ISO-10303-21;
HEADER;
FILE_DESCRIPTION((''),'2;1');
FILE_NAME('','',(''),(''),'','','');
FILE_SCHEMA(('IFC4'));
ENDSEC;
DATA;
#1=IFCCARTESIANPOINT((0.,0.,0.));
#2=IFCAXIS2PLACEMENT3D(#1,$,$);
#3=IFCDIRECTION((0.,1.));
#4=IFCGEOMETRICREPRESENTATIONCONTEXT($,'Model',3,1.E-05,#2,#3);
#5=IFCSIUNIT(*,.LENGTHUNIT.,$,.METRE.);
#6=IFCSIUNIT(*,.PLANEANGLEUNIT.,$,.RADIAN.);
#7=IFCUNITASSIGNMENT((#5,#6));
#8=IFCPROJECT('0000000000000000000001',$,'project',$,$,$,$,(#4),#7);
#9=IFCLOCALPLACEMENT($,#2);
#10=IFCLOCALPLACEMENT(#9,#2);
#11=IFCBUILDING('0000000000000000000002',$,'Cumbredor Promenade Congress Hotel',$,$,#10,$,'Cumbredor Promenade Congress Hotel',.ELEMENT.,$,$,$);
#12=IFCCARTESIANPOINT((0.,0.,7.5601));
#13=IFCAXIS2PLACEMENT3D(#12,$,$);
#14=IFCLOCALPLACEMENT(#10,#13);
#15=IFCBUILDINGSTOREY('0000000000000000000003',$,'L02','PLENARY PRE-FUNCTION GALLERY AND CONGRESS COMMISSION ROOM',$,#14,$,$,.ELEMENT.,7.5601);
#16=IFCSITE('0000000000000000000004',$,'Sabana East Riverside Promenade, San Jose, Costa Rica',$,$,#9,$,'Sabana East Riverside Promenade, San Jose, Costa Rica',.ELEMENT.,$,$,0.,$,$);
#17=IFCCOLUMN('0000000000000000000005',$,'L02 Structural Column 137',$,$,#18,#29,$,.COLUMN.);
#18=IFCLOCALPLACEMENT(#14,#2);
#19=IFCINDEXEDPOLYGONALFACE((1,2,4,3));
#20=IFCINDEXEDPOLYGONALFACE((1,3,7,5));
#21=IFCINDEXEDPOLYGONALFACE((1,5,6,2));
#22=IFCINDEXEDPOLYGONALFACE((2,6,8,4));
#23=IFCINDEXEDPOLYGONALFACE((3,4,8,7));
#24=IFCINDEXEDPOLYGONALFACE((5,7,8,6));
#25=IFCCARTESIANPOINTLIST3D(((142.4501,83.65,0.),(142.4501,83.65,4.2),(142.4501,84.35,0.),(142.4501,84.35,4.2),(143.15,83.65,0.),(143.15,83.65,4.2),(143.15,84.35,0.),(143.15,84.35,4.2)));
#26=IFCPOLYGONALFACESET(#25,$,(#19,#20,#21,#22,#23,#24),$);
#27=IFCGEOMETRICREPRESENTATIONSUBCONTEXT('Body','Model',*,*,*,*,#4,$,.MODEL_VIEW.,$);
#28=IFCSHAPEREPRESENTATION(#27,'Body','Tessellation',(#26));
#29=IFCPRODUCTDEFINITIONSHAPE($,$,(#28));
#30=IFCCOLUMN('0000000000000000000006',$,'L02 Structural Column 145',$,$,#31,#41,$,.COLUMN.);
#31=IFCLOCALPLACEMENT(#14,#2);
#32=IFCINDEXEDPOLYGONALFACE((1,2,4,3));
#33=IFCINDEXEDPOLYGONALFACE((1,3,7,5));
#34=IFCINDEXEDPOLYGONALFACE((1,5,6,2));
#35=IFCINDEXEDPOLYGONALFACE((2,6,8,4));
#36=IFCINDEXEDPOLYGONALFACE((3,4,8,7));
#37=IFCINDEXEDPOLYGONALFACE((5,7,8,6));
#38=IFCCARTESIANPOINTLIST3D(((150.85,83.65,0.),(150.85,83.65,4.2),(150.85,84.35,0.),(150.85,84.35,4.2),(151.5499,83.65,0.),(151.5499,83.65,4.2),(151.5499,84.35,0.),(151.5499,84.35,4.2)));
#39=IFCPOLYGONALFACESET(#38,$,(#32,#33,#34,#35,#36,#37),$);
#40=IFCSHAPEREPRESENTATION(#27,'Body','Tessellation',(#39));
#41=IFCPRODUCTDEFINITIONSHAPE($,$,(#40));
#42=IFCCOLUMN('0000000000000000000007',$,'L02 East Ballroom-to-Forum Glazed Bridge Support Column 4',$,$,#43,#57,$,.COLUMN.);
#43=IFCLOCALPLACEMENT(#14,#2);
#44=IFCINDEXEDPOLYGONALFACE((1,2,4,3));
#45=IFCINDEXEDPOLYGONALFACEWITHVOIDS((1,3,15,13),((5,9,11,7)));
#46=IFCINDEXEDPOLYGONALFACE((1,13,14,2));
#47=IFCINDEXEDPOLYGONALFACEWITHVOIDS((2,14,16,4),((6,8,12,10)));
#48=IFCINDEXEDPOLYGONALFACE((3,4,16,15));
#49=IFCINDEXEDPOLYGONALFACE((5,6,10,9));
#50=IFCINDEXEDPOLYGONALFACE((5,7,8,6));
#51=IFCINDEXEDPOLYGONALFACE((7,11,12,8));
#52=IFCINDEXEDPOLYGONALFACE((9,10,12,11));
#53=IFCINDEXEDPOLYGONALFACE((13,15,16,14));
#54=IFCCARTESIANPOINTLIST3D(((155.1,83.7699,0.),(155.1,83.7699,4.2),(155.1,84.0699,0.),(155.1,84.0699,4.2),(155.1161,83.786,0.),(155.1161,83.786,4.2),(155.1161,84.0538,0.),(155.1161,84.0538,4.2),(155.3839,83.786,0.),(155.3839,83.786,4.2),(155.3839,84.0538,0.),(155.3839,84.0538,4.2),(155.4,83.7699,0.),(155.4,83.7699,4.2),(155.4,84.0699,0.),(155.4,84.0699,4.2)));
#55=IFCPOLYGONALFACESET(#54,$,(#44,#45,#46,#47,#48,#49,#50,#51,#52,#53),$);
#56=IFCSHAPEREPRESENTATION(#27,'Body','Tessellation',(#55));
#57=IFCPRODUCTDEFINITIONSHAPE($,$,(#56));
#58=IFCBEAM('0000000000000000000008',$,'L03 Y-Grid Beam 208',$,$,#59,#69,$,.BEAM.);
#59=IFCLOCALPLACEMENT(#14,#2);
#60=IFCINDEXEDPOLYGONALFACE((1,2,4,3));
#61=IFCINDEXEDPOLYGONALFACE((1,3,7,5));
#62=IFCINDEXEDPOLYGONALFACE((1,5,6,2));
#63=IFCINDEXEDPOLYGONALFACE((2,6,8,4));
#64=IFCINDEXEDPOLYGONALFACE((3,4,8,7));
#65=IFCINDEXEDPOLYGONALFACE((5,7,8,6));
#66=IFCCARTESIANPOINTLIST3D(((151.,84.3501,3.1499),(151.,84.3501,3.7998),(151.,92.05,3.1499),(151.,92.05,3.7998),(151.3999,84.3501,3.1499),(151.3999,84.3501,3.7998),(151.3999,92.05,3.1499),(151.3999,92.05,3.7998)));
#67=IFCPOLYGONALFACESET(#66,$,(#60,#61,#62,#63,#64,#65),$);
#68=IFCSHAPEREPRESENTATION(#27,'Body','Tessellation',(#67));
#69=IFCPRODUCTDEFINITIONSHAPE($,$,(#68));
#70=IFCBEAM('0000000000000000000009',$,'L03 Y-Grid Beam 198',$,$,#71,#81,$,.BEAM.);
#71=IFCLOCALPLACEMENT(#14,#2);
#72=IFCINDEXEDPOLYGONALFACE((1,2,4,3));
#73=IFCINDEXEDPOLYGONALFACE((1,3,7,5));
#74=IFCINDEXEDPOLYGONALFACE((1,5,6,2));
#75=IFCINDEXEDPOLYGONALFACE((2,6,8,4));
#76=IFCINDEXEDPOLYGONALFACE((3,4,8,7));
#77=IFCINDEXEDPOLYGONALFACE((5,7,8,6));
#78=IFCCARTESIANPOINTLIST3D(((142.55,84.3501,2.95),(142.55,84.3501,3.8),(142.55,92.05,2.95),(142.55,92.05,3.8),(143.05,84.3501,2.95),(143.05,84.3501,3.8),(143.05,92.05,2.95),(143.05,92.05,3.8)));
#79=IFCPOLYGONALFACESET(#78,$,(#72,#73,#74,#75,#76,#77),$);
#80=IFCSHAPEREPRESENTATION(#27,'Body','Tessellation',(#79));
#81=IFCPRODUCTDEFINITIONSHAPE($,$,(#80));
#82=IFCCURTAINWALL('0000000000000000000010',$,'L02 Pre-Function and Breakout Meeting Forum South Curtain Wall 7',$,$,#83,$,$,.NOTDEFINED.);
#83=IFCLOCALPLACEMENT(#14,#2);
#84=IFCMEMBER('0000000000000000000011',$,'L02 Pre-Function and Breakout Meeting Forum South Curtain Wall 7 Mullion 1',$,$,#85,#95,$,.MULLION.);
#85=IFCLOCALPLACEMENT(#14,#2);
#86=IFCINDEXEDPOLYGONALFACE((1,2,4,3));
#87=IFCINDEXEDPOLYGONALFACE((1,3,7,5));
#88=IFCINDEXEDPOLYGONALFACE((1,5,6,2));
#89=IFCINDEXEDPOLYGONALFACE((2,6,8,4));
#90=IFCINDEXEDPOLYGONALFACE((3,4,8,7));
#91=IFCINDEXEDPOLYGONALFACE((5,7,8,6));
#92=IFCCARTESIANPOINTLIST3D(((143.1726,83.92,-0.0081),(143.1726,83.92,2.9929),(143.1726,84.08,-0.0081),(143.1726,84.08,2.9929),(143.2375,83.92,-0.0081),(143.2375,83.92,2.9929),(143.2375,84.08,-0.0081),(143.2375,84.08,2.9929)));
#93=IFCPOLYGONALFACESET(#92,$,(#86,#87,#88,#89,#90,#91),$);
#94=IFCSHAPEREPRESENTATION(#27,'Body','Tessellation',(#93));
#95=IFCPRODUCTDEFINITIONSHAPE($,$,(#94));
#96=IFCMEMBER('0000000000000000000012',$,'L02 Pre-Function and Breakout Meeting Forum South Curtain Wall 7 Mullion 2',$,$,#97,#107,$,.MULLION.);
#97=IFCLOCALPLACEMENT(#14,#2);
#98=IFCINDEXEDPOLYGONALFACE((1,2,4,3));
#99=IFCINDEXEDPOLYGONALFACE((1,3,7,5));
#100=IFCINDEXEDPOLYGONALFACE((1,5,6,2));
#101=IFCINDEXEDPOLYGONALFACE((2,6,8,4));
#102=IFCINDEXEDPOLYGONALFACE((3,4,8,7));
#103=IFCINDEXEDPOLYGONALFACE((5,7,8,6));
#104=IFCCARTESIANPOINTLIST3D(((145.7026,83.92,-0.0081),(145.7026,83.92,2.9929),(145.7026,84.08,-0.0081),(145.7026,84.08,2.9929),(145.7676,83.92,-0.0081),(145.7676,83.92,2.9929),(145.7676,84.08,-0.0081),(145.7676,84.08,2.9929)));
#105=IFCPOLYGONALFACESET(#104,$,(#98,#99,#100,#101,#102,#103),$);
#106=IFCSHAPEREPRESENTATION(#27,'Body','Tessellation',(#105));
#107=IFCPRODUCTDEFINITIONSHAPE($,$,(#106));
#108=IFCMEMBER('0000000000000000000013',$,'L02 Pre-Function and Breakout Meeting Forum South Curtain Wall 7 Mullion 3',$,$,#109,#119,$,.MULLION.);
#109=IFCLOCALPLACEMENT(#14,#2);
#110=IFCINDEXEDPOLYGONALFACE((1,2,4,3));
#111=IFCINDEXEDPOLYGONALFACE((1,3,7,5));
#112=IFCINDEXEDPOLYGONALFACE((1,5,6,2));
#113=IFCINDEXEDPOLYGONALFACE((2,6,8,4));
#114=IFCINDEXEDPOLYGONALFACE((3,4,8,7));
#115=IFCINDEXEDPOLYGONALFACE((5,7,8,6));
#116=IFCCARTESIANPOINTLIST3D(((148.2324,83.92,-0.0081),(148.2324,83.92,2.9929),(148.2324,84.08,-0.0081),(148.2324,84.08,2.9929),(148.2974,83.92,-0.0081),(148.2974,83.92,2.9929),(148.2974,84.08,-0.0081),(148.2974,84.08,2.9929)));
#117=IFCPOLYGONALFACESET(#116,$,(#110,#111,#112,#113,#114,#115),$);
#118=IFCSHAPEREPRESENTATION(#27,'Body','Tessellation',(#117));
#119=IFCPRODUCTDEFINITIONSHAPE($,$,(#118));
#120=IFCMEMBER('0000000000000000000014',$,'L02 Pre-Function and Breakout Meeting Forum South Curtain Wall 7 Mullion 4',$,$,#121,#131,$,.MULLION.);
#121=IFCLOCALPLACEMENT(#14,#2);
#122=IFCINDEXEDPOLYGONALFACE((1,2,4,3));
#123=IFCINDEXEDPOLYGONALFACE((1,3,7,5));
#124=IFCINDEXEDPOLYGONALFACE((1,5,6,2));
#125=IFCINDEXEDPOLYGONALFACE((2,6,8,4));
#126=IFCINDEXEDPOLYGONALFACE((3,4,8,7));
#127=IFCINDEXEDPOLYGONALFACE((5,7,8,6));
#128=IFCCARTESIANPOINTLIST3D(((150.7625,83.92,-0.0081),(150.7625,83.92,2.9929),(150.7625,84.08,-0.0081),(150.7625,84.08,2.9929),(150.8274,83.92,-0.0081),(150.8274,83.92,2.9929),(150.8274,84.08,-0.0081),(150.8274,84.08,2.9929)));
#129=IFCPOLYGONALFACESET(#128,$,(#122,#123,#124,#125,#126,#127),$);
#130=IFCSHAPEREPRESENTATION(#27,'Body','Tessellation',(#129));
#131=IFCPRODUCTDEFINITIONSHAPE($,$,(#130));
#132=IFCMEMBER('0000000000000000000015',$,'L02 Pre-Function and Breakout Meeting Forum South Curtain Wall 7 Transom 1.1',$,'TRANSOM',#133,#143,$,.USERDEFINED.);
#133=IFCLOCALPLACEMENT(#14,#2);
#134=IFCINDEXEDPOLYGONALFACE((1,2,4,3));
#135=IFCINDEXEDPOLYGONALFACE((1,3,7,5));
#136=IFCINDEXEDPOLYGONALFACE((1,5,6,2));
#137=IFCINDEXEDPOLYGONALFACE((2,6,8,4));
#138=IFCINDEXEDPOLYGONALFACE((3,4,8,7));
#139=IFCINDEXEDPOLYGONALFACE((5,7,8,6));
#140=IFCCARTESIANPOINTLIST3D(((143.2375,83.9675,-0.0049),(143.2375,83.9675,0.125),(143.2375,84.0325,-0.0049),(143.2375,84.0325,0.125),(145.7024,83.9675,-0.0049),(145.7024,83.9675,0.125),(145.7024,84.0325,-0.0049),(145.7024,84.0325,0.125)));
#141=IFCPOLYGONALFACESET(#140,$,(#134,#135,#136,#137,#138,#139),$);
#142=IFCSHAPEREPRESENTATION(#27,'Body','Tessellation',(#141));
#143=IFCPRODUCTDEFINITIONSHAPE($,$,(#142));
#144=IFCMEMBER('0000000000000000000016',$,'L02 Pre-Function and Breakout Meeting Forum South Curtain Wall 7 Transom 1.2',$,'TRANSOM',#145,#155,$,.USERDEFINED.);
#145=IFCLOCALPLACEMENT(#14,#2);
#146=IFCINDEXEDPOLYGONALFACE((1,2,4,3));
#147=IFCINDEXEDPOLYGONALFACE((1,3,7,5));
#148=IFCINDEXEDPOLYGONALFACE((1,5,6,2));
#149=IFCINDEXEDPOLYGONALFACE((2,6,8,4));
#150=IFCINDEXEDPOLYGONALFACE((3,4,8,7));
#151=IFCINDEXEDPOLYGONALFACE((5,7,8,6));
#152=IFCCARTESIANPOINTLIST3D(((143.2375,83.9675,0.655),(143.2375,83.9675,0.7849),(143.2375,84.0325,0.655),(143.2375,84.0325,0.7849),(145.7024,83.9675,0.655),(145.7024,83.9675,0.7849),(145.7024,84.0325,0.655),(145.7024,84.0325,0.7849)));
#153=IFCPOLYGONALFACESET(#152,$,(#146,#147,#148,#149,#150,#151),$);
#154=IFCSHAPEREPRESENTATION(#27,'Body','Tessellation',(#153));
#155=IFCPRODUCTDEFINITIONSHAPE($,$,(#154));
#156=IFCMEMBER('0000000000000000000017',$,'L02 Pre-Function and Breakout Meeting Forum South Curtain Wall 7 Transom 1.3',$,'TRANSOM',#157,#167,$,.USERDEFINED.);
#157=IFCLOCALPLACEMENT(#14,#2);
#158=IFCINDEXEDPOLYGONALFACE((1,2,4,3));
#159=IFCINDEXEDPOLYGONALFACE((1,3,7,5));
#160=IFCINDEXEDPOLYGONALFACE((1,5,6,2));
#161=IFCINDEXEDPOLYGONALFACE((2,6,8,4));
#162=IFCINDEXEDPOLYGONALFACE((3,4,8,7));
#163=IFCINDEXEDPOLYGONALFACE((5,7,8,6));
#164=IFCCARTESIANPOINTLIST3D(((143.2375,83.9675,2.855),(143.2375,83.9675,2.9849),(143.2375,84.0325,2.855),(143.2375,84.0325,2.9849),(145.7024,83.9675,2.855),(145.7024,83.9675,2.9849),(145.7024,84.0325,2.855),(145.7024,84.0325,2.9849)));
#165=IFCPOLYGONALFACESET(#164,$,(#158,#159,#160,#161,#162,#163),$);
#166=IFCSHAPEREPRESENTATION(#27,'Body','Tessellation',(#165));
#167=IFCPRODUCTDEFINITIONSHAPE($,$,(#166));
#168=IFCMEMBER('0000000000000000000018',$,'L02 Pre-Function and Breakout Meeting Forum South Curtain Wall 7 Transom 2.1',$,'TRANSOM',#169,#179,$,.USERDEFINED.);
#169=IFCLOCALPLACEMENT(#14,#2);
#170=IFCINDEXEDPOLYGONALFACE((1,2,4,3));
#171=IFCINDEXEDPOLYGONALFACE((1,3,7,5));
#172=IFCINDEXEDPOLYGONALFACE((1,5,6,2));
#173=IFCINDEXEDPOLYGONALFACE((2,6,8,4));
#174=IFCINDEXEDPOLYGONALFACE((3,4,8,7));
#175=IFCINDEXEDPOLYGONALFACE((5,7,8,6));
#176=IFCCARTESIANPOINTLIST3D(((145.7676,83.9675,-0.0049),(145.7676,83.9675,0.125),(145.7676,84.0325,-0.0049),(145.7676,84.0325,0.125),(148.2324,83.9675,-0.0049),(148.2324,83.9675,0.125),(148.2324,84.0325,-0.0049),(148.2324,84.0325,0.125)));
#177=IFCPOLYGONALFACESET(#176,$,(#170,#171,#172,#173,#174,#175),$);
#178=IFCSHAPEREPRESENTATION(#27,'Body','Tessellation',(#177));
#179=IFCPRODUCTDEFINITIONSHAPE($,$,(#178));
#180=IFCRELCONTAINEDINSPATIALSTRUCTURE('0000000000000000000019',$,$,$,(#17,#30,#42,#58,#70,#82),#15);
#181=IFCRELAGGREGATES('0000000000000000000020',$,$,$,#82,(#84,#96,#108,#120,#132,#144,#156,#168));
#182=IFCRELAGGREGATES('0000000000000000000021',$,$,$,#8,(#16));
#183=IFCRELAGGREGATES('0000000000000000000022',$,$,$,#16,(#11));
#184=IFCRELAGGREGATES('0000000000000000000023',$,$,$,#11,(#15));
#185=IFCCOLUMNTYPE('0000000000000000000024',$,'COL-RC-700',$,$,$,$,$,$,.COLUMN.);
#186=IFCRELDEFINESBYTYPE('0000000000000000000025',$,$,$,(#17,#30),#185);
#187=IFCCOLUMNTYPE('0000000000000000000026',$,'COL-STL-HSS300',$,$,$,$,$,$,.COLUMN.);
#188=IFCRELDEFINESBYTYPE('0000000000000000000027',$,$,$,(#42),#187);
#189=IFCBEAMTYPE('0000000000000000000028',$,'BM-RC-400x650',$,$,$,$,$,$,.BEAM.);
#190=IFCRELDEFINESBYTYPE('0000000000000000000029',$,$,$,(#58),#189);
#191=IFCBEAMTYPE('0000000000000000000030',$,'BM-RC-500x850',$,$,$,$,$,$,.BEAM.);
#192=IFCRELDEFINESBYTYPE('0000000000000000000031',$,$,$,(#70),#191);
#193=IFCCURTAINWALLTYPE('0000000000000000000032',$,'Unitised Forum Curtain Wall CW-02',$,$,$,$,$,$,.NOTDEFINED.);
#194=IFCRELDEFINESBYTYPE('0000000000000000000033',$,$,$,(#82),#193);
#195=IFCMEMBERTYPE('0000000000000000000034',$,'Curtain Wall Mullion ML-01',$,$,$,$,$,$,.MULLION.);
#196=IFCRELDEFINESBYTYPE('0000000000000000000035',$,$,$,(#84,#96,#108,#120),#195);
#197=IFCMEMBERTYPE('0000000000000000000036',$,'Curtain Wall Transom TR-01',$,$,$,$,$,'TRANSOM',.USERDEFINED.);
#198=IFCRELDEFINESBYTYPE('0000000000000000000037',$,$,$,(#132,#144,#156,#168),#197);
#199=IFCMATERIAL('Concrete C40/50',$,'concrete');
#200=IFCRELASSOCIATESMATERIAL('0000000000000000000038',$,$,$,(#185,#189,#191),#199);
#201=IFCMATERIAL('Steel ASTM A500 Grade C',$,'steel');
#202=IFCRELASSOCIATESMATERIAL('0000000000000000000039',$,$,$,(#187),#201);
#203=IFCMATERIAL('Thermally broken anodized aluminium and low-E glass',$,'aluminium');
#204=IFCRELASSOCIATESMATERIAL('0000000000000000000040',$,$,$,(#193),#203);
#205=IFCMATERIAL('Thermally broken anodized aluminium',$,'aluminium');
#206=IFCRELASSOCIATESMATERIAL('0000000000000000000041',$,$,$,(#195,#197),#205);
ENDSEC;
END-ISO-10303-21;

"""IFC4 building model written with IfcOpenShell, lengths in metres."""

from ifc_helpers import new_model, si_unit, direction, frame, origin, origin_2d, place, context, subcontext, project, spatial, rectangle, hollow_rectangle, extrude, material, material_profile, profile_set, type_object, element, aggregate, save


model = new_model("IFC4")

# Units and contexts
model_context = context("Model", 3, precision=1e-05, world=origin(), true_north=direction((0.0, 1.0)))
body_context = subcontext(model_context, "Body", "Model", "MODEL_VIEW")
ifc_project = project(units=[si_unit("LENGTHUNIT", "METRE"), si_unit("PLANEANGLEUNIT", "RADIAN")], contexts=[model_context])

# Site, building, storey
site_placement = place(None, origin())
site = spatial("IfcSite", under=ifc_project, at=site_placement, Name="Sabana East Riverside Promenade, San Jose, Costa Rica", LongName="Sabana East Riverside Promenade, San Jose, Costa Rica", CompositionType="ELEMENT", RefElevation=0.0)
building_placement = place(site_placement, origin())
building = spatial("IfcBuilding", under=site, at=building_placement, Name="Cumbredor Promenade Congress Hotel", LongName="Cumbredor Promenade Congress Hotel", CompositionType="ELEMENT")
storey_placement = place(building_placement, frame((0.0, 0.0, 7.5601)))
storey = spatial("IfcBuildingStorey", under=building, at=storey_placement, Name="L02", Description="PLENARY PRE-FUNCTION GALLERY AND CONGRESS COMMISSION ROOM", CompositionType="ELEMENT", Elevation=7.5601)

# Columns
ifc_material_1 = material(Name="Concrete C40/50", Category="concrete")
ifc_material_profile_1 = material_profile(ifc_material_1, rectangle(XDim=0.7, YDim=0.7, at=origin_2d()), Name="RC 700x700")
ifc_profile_set_1 = profile_set([ifc_material_profile_1], Name="Concrete C40/50")
column_type_1 = type_object("IfcColumnType", Name="COL-RC-700", PredefinedType="COLUMN", material=ifc_profile_set_1)
for number, where, z_axis, x_axis, name in (
    (1, (142.8, 84.0, 0.0), (0.0, 0.0, 1.0), (1.0, 0.0, 0.0), "L02 Structural Column 137"),
    (2, (151.2, 84.0, 0.0), (0.0, 0.0, 1.0), (1.0, 0.0, 0.0), "L02 Structural Column 145"),
):
    element("IfcColumn", number, at=place(storey_placement, frame(where, z_axis=z_axis, x_axis=x_axis)), inside=storey, type_object=column_type_1, Name=name, PredefinedType="COLUMN", context=body_context, shape_type="SweptSolid", body=[
        extrude(rectangle(XDim=0.7, YDim=0.7, at=origin_2d()), origin(), (0.0, 0.0, 1.0), 4.2),
    ])
ifc_material_2 = material(Name="Steel ASTM A500 Grade C", Category="steel")
ifc_material_profile_2 = material_profile(ifc_material_2, hollow_rectangle(XDim=0.3, YDim=0.3, WallThickness=0.0161, at=origin_2d()), Name="HSS 300x300x16")
ifc_profile_set_2 = profile_set([ifc_material_profile_2], Name="Steel ASTM A500 Grade C")
column_type_2 = type_object("IfcColumnType", Name="COL-STL-HSS300", PredefinedType="COLUMN", material=ifc_profile_set_2)
column_placement = place(storey_placement, frame((155.25, 83.9199, 0.0), z_axis=(0.0, 0.0, 1.0), x_axis=(1.0, 0.0, 0.0)))
element("IfcColumn", 3, at=column_placement, inside=storey, type_object=column_type_2, Name="L02 East Ballroom-to-Forum Glazed Bridge Support Column 4", PredefinedType="COLUMN", context=body_context, shape_type="SweptSolid", body=[
    extrude(hollow_rectangle(XDim=0.3, YDim=0.3, WallThickness=0.0161, at=origin_2d()), origin(), (0.0, 0.0, 1.0), 4.2),
])

# Beams
ifc_material_profile_3 = material_profile(ifc_material_1, rectangle(XDim=0.3999, YDim=0.6499, at=origin_2d()), Name="RC BEAM 400x650")
ifc_profile_set_3 = profile_set([ifc_material_profile_3], Name="Concrete C40/50")
beam_type_1 = type_object("IfcBeamType", Name="BM-RC-400x650", PredefinedType="BEAM", material=ifc_profile_set_3)
beam_1_placement = place(storey_placement, frame((151.2, 84.3501, 3.4749), z_axis=(0.0, 1.0, 0.0), x_axis=(-1.0, 0.0, 0.0)))
element("IfcBeam", 4, at=beam_1_placement, inside=storey, type_object=beam_type_1, Name="L03 Y-Grid Beam 208", PredefinedType="BEAM", context=body_context, shape_type="SweptSolid", body=[
    extrude(rectangle(XDim=0.3999, YDim=0.6499, at=origin_2d()), origin(), (0.0, 0.0, 1.0), 7.7),
])
ifc_material_profile_4 = material_profile(ifc_material_1, rectangle(XDim=0.5, YDim=0.8501, at=origin_2d()), Name="RC BEAM 500x850")
ifc_profile_set_4 = profile_set([ifc_material_profile_4], Name="Concrete C40/50")
beam_type_2 = type_object("IfcBeamType", Name="BM-RC-500x850", PredefinedType="BEAM", material=ifc_profile_set_4)
beam_2_placement = place(storey_placement, frame((142.8, 84.3501, 3.375), z_axis=(0.0, 1.0, 0.0), x_axis=(-1.0, 0.0, 0.0)))
element("IfcBeam", 5, at=beam_2_placement, inside=storey, type_object=beam_type_2, Name="L03 Y-Grid Beam 198", PredefinedType="BEAM", context=body_context, shape_type="SweptSolid", body=[
    extrude(rectangle(XDim=0.5, YDim=0.8501, at=origin_2d()), origin(), (0.0, 0.0, 1.0), 7.7),
])

# Curtain wall, members
ifc_material_3 = material(Name="Thermally broken anodized aluminium and low-E glass", Category="aluminium")
curtain_wall_type = type_object("IfcCurtainWallType", Name="Unitised Forum Curtain Wall CW-02", PredefinedType="NOTDEFINED", material=ifc_material_3)
curtain_wall_placement = place(storey_placement, origin())
curtain_wall = element("IfcCurtainWall", 6, at=curtain_wall_placement, inside=storey, type_object=curtain_wall_type, Name="L02 Pre-Function and Breakout Meeting Forum South Curtain Wall 7", PredefinedType="NOTDEFINED")
ifc_material_4 = material(Name="Thermally broken anodized aluminium", Category="aluminium")
ifc_material_profile_5 = material_profile(ifc_material_4, rectangle(XDim=0.0649, YDim=0.1599, at=origin_2d()), Name="ALU MULLION 65x160")
ifc_profile_set_5 = profile_set([ifc_material_profile_5], Name="Thermally broken anodized aluminium")
member_type_1 = type_object("IfcMemberType", Name="Curtain Wall Mullion ML-01", PredefinedType="MULLION", material=ifc_profile_set_5)
member_1_placement = place(storey_placement, frame((143.2051, 84.0, -0.0081), z_axis=(0.0, 0.0, 1.0), x_axis=(1.0, 0.0, 0.0)))
member_1 = element("IfcMember", 7, at=member_1_placement, type_object=member_type_1, Name="L02 Pre-Function and Breakout Meeting Forum South Curtain Wall 7 Mullion 1", PredefinedType="MULLION", context=body_context, shape_type="SweptSolid", body=[
    extrude(rectangle(XDim=0.0649, YDim=0.1599, at=origin_2d()), origin(), (0.0, 0.0, 1.0), 3.001),
])
member_2_placement = place(storey_placement, frame((145.7351, 84.0, -0.0081), z_axis=(0.0, 0.0, 1.0), x_axis=(1.0, 0.0, 0.0)))
member_2 = element("IfcMember", 8, at=member_2_placement, type_object=member_type_1, Name="L02 Pre-Function and Breakout Meeting Forum South Curtain Wall 7 Mullion 2", PredefinedType="MULLION", context=body_context, shape_type="SweptSolid", body=[
    extrude(rectangle(XDim=0.0649, YDim=0.1599, at=origin_2d()), origin(), (0.0, 0.0, 1.0), 3.001),
])
member_3_placement = place(storey_placement, frame((148.2649, 84.0, -0.0081), z_axis=(0.0, 0.0, 1.0), x_axis=(1.0, 0.0, 0.0)))
member_3 = element("IfcMember", 9, at=member_3_placement, type_object=member_type_1, Name="L02 Pre-Function and Breakout Meeting Forum South Curtain Wall 7 Mullion 3", PredefinedType="MULLION", context=body_context, shape_type="SweptSolid", body=[
    extrude(rectangle(XDim=0.0649, YDim=0.1599, at=origin_2d()), origin(), (0.0, 0.0, 1.0), 3.001),
])
member_4_placement = place(storey_placement, frame((150.7949, 84.0, -0.0081), z_axis=(0.0, 0.0, 1.0), x_axis=(1.0, 0.0, 0.0)))
member_4 = element("IfcMember", 10, at=member_4_placement, type_object=member_type_1, Name="L02 Pre-Function and Breakout Meeting Forum South Curtain Wall 7 Mullion 4", PredefinedType="MULLION", context=body_context, shape_type="SweptSolid", body=[
    extrude(rectangle(XDim=0.0649, YDim=0.1599, at=origin_2d()), origin(), (0.0, 0.0, 1.0), 3.001),
])
ifc_material_profile_6 = material_profile(ifc_material_4, rectangle(XDim=0.0649, YDim=0.1299, at=origin_2d()), Name="ALU TRANSOM 65x130")
ifc_profile_set_6 = profile_set([ifc_material_profile_6], Name="Thermally broken anodized aluminium")
member_type_2 = type_object("IfcMemberType", Name="Curtain Wall Transom TR-01", ElementType="TRANSOM", PredefinedType="USERDEFINED", material=ifc_profile_set_6)
member_5_placement = place(storey_placement, frame((143.2375, 84.0, 0.0601), z_axis=(1.0, 0.0, 0.0), x_axis=(0.0, 1.0, 0.0)))
member_5 = element("IfcMember", 11, at=member_5_placement, type_object=member_type_2, Name="L02 Pre-Function and Breakout Meeting Forum South Curtain Wall 7 Transom 1.1", ObjectType="TRANSOM", PredefinedType="USERDEFINED", context=body_context, shape_type="SweptSolid", body=[
    extrude(rectangle(XDim=0.0649, YDim=0.1299, at=origin_2d()), origin(), (0.0, 0.0, 1.0), 2.4648),
])
member_6_placement = place(storey_placement, frame((143.2375, 84.0, 0.72), z_axis=(1.0, 0.0, 0.0), x_axis=(0.0, 1.0, 0.0)))
member_6 = element("IfcMember", 12, at=member_6_placement, type_object=member_type_2, Name="L02 Pre-Function and Breakout Meeting Forum South Curtain Wall 7 Transom 1.2", ObjectType="TRANSOM", PredefinedType="USERDEFINED", context=body_context, shape_type="SweptSolid", body=[
    extrude(rectangle(XDim=0.0649, YDim=0.1299, at=origin_2d()), origin(), (0.0, 0.0, 1.0), 2.4648),
])
member_7_placement = place(storey_placement, frame((143.2375, 84.0, 2.9199), z_axis=(1.0, 0.0, 0.0), x_axis=(0.0, 1.0, 0.0)))
member_7 = element("IfcMember", 13, at=member_7_placement, type_object=member_type_2, Name="L02 Pre-Function and Breakout Meeting Forum South Curtain Wall 7 Transom 1.3", ObjectType="TRANSOM", PredefinedType="USERDEFINED", context=body_context, shape_type="SweptSolid", body=[
    extrude(rectangle(XDim=0.0649, YDim=0.1299, at=origin_2d()), origin(), (0.0, 0.0, 1.0), 2.4648),
])
member_8_placement = place(storey_placement, frame((145.7676, 84.0, 0.0601), z_axis=(1.0, 0.0, 0.0), x_axis=(0.0, 1.0, 0.0)))
member_8 = element("IfcMember", 14, at=member_8_placement, type_object=member_type_2, Name="L02 Pre-Function and Breakout Meeting Forum South Curtain Wall 7 Transom 2.1", ObjectType="TRANSOM", PredefinedType="USERDEFINED", context=body_context, shape_type="SweptSolid", body=[
    extrude(rectangle(XDim=0.0649, YDim=0.1299, at=origin_2d()), origin(), (0.0, 0.0, 1.0), 2.4648),
])

aggregate(curtain_wall, [member_1, member_2, member_3, member_4, member_5, member_6, member_7, member_8])

save(model, "model.ifc")
